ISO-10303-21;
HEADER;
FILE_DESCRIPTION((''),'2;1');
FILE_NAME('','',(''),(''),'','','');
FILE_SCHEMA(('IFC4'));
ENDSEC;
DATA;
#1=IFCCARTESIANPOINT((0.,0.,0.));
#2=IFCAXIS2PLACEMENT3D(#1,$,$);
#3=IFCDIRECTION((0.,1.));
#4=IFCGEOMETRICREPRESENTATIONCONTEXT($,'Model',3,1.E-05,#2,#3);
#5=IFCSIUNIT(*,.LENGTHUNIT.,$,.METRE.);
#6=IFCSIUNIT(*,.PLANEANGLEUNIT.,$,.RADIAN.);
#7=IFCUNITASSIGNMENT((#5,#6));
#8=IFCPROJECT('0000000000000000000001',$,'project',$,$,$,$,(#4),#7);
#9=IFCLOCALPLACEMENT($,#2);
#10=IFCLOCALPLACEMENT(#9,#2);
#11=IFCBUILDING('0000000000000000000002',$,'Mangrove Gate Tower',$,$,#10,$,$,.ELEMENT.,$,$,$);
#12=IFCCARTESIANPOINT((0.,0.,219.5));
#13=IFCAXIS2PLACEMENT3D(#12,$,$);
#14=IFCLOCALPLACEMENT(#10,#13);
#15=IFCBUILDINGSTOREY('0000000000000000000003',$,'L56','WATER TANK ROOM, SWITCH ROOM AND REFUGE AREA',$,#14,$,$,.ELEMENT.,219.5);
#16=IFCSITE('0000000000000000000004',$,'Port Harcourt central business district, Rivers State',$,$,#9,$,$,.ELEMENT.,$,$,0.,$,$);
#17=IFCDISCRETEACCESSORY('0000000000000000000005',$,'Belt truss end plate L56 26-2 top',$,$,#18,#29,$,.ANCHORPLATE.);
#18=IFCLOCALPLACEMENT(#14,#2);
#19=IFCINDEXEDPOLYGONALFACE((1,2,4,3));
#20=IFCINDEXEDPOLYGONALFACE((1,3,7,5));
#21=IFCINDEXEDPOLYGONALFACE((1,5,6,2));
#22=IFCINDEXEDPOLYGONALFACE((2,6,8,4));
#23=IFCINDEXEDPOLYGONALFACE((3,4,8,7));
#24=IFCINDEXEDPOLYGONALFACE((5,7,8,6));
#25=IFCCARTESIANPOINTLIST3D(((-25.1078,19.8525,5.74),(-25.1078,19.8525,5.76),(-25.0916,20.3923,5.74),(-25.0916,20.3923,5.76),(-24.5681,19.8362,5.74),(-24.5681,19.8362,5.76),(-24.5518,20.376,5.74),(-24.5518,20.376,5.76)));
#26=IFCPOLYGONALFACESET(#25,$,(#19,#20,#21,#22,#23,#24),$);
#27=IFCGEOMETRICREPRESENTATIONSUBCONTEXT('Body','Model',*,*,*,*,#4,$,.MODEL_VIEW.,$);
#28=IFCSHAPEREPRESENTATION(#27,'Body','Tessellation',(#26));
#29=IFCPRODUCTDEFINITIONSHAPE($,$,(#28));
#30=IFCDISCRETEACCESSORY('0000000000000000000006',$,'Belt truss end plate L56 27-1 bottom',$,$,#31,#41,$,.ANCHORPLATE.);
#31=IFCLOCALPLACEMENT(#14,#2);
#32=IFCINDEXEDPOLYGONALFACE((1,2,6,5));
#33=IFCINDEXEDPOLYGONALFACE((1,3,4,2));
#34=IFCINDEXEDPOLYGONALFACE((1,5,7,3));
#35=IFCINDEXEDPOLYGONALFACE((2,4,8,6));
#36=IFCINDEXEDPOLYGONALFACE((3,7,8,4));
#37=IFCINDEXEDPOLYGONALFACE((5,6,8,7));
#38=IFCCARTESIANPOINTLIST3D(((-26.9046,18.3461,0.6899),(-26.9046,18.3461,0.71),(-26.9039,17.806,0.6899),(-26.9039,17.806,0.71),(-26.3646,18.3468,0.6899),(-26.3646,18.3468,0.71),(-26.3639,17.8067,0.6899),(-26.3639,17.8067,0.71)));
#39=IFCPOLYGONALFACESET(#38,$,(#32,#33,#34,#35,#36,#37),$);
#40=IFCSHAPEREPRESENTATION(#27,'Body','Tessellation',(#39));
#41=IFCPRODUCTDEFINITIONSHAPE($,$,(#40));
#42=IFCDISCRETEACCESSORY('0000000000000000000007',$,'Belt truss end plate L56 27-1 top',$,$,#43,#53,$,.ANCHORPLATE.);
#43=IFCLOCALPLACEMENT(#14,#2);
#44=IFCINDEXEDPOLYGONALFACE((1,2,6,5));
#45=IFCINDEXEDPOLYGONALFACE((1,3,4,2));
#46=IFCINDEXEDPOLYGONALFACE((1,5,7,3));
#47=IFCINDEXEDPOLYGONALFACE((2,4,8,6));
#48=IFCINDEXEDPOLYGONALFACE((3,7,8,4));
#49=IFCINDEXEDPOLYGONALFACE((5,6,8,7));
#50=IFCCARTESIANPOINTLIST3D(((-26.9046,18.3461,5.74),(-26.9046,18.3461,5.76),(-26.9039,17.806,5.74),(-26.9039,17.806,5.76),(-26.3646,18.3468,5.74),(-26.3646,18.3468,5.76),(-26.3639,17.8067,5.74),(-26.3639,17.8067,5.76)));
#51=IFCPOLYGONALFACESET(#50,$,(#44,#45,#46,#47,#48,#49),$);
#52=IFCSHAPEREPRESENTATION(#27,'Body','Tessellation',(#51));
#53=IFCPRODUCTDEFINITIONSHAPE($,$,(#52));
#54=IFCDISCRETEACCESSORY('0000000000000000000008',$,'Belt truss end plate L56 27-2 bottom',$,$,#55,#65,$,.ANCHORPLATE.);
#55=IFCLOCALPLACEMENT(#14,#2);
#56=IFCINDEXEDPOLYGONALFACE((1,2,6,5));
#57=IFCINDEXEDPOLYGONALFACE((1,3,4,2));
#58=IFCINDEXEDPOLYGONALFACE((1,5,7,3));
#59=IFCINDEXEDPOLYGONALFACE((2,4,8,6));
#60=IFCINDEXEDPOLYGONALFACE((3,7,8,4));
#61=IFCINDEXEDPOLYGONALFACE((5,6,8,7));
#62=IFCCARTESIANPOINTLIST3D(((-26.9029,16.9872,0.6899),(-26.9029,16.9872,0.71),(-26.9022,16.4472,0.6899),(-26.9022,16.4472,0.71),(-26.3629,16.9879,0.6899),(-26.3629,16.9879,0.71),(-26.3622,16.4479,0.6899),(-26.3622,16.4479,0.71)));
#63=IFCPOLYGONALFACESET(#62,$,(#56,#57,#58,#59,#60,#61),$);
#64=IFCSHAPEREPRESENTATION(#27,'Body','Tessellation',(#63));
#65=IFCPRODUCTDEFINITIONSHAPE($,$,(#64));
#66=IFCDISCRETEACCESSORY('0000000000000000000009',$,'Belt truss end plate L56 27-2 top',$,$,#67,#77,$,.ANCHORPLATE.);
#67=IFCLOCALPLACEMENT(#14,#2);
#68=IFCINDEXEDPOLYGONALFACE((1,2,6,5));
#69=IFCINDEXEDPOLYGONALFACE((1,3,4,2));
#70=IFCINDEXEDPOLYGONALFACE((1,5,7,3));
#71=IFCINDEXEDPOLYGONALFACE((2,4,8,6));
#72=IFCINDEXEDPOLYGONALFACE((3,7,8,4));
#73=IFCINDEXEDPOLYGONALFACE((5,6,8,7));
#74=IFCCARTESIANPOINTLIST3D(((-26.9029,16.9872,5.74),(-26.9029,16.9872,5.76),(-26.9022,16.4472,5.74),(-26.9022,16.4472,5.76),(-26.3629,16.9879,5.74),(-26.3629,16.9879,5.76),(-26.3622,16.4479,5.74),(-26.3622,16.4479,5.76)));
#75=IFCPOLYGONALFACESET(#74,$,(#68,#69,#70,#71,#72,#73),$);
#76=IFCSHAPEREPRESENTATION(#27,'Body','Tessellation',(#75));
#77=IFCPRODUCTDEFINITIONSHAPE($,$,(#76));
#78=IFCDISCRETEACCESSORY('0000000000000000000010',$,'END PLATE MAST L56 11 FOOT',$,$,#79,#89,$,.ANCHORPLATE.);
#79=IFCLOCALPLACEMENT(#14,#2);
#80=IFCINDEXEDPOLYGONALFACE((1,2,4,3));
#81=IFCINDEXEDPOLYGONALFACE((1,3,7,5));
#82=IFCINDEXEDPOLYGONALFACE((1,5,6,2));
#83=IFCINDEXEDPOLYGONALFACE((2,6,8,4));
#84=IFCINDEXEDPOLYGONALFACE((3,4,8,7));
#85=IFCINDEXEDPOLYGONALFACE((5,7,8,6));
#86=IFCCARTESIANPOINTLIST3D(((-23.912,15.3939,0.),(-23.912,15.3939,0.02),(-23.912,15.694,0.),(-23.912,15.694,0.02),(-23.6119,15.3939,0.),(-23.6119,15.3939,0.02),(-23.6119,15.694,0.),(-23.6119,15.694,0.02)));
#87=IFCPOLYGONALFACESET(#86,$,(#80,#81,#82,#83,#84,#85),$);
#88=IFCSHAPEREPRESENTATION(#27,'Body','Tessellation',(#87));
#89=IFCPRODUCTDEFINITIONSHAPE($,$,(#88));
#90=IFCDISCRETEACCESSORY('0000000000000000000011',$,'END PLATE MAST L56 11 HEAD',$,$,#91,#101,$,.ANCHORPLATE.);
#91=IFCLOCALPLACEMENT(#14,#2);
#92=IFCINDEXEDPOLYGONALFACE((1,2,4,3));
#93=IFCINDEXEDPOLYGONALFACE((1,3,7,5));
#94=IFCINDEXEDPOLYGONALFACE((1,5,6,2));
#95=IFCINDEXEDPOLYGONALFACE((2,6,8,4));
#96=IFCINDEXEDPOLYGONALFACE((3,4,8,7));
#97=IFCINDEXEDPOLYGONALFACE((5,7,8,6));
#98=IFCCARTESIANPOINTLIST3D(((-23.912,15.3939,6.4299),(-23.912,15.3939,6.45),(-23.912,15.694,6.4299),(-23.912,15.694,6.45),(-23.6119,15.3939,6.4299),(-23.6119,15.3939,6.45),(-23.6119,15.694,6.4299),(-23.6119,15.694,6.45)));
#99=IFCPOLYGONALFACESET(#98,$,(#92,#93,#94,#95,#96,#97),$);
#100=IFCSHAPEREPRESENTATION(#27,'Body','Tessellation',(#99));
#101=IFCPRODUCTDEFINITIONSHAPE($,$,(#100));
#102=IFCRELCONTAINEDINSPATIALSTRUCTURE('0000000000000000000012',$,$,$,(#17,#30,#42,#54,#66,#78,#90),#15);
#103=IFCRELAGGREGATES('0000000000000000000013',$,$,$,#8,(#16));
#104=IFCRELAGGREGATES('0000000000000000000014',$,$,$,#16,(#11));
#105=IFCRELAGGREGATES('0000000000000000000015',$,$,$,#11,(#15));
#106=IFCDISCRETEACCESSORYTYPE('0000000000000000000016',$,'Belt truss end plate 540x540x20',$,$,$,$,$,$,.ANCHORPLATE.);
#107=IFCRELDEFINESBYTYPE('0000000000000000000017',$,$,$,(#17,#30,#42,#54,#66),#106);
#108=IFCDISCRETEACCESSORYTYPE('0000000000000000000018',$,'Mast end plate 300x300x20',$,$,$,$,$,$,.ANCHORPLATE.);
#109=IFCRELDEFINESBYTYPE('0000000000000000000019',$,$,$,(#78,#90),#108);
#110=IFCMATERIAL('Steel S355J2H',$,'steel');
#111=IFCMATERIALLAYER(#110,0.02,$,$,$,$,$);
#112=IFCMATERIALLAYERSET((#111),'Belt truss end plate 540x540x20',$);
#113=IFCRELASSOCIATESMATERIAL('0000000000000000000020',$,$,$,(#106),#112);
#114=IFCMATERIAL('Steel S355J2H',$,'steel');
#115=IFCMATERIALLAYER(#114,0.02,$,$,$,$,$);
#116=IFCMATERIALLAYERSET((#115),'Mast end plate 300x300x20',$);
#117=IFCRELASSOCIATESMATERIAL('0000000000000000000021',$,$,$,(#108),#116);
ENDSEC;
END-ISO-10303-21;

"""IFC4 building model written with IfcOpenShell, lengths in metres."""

from ifc_helpers import new_model, si_unit, direction, frame, origin, origin_2d, place, context, subcontext, project, spatial, rectangle, extrude, material, layer, layer_set, type_object, element, save


model = new_model("IFC4")

# Units and contexts
model_context = context("Model", 3, precision=1e-05, world=origin(), true_north=direction((0.0, 1.0)))
body_context = subcontext(model_context, "Body", "Model", "MODEL_VIEW")
ifc_project = project(units=[si_unit("LENGTHUNIT", "METRE"), si_unit("PLANEANGLEUNIT", "RADIAN")], contexts=[model_context])

# Site, building, storey
site_placement = place(None, origin())
site = spatial("IfcSite", under=ifc_project, at=site_placement, Name="Port Harcourt central business district, Rivers State", CompositionType="ELEMENT", RefElevation=0.0)
building_placement = place(site_placement, origin())
building = spatial("IfcBuilding", under=site, at=building_placement, Name="Mangrove Gate Tower", CompositionType="ELEMENT")
storey_placement = place(building_placement, frame((0.0, 0.0, 219.5)))
storey = spatial("IfcBuildingStorey", under=building, at=storey_placement, Name="L56", Description="WATER TANK ROOM, SWITCH ROOM AND REFUGE AREA", CompositionType="ELEMENT", Elevation=219.5)

# Discrete accessories
ifc_material_1 = material(Name="Steel S355J2H", Category="steel")
ifc_layer_1 = layer(ifc_material_1, 0.02)
ifc_layer_set_1 = layer_set([ifc_layer_1], Name="Belt truss end plate 540x540x20")
discrete_accessory_type_1 = type_object("IfcDiscreteAccessoryType", Name="Belt truss end plate 540x540x20", PredefinedType="ANCHORPLATE", material=ifc_layer_set_1)
for number, where, z_axis, x_axis, name in (
    (1, (-24.8298, 20.1143, 5.74), (0.0, 0.0, 1.0), (-0.999548, 0.030058, 0.0), "Belt truss end plate L56 26-2 top"),
    (2, (-26.6343, 18.0764, 0.6899), (0.0, 0.0, 1.0), (0.001295, -0.999999, 0.0), "Belt truss end plate L56 27-1 bottom"),
    (3, (-26.6343, 18.0764, 5.74), (0.0, 0.0, 1.0), (0.001295, -0.999999, 0.0), "Belt truss end plate L56 27-1 top"),
    (4, (-26.6326, 16.7175, 0.6899), (0.0, 0.0, 1.0), (0.001295, -0.999999, 0.0), "Belt truss end plate L56 27-2 bottom"),
    (5, (-26.6326, 16.7175, 5.74), (0.0, 0.0, 1.0), (0.001295, -0.999999, 0.0), "Belt truss end plate L56 27-2 top"),
):
    element("IfcDiscreteAccessory", number, at=place(storey_placement, frame(where, z_axis=z_axis, x_axis=x_axis)), inside=storey, type_object=discrete_accessory_type_1, Name=name, PredefinedType="ANCHORPLATE", context=body_context, shape_type="SweptSolid", body=[
        extrude(rectangle(XDim=0.54, YDim=0.54, at=origin_2d()), origin(), (0.0, 0.0, 1.0), 0.02),
    ])
ifc_material_2 = material(Name="Steel S355J2H", Category="steel")
ifc_layer_2 = layer(ifc_material_2, 0.02)
ifc_layer_set_2 = layer_set([ifc_layer_2], Name="Mast end plate 300x300x20")
discrete_accessory_type_2 = type_object("IfcDiscreteAccessoryType", Name="Mast end plate 300x300x20", PredefinedType="ANCHORPLATE", material=ifc_layer_set_2)
for number, where, z_axis, x_axis, name in (
    (6, (-23.762, 15.5439, 0.0), (0.0, 0.0, 1.0), (1.0, 0.0, 0.0), "END PLATE MAST L56 11 FOOT"),
    (7, (-23.762, 15.5439, 6.4299), (0.0, 0.0, 1.0), (1.0, 0.0, 0.0), "END PLATE MAST L56 11 HEAD"),
):
    element("IfcDiscreteAccessory", number, at=place(storey_placement, frame(where, z_axis=z_axis, x_axis=x_axis)), inside=storey, type_object=discrete_accessory_type_2, Name=name, PredefinedType="ANCHORPLATE", context=body_context, shape_type="SweptSolid", body=[
        extrude(rectangle(XDim=0.3, YDim=0.3, at=origin_2d()), origin(), (0.0, 0.0, 1.0), 0.02),
    ])

save(model, "model.ifc")
